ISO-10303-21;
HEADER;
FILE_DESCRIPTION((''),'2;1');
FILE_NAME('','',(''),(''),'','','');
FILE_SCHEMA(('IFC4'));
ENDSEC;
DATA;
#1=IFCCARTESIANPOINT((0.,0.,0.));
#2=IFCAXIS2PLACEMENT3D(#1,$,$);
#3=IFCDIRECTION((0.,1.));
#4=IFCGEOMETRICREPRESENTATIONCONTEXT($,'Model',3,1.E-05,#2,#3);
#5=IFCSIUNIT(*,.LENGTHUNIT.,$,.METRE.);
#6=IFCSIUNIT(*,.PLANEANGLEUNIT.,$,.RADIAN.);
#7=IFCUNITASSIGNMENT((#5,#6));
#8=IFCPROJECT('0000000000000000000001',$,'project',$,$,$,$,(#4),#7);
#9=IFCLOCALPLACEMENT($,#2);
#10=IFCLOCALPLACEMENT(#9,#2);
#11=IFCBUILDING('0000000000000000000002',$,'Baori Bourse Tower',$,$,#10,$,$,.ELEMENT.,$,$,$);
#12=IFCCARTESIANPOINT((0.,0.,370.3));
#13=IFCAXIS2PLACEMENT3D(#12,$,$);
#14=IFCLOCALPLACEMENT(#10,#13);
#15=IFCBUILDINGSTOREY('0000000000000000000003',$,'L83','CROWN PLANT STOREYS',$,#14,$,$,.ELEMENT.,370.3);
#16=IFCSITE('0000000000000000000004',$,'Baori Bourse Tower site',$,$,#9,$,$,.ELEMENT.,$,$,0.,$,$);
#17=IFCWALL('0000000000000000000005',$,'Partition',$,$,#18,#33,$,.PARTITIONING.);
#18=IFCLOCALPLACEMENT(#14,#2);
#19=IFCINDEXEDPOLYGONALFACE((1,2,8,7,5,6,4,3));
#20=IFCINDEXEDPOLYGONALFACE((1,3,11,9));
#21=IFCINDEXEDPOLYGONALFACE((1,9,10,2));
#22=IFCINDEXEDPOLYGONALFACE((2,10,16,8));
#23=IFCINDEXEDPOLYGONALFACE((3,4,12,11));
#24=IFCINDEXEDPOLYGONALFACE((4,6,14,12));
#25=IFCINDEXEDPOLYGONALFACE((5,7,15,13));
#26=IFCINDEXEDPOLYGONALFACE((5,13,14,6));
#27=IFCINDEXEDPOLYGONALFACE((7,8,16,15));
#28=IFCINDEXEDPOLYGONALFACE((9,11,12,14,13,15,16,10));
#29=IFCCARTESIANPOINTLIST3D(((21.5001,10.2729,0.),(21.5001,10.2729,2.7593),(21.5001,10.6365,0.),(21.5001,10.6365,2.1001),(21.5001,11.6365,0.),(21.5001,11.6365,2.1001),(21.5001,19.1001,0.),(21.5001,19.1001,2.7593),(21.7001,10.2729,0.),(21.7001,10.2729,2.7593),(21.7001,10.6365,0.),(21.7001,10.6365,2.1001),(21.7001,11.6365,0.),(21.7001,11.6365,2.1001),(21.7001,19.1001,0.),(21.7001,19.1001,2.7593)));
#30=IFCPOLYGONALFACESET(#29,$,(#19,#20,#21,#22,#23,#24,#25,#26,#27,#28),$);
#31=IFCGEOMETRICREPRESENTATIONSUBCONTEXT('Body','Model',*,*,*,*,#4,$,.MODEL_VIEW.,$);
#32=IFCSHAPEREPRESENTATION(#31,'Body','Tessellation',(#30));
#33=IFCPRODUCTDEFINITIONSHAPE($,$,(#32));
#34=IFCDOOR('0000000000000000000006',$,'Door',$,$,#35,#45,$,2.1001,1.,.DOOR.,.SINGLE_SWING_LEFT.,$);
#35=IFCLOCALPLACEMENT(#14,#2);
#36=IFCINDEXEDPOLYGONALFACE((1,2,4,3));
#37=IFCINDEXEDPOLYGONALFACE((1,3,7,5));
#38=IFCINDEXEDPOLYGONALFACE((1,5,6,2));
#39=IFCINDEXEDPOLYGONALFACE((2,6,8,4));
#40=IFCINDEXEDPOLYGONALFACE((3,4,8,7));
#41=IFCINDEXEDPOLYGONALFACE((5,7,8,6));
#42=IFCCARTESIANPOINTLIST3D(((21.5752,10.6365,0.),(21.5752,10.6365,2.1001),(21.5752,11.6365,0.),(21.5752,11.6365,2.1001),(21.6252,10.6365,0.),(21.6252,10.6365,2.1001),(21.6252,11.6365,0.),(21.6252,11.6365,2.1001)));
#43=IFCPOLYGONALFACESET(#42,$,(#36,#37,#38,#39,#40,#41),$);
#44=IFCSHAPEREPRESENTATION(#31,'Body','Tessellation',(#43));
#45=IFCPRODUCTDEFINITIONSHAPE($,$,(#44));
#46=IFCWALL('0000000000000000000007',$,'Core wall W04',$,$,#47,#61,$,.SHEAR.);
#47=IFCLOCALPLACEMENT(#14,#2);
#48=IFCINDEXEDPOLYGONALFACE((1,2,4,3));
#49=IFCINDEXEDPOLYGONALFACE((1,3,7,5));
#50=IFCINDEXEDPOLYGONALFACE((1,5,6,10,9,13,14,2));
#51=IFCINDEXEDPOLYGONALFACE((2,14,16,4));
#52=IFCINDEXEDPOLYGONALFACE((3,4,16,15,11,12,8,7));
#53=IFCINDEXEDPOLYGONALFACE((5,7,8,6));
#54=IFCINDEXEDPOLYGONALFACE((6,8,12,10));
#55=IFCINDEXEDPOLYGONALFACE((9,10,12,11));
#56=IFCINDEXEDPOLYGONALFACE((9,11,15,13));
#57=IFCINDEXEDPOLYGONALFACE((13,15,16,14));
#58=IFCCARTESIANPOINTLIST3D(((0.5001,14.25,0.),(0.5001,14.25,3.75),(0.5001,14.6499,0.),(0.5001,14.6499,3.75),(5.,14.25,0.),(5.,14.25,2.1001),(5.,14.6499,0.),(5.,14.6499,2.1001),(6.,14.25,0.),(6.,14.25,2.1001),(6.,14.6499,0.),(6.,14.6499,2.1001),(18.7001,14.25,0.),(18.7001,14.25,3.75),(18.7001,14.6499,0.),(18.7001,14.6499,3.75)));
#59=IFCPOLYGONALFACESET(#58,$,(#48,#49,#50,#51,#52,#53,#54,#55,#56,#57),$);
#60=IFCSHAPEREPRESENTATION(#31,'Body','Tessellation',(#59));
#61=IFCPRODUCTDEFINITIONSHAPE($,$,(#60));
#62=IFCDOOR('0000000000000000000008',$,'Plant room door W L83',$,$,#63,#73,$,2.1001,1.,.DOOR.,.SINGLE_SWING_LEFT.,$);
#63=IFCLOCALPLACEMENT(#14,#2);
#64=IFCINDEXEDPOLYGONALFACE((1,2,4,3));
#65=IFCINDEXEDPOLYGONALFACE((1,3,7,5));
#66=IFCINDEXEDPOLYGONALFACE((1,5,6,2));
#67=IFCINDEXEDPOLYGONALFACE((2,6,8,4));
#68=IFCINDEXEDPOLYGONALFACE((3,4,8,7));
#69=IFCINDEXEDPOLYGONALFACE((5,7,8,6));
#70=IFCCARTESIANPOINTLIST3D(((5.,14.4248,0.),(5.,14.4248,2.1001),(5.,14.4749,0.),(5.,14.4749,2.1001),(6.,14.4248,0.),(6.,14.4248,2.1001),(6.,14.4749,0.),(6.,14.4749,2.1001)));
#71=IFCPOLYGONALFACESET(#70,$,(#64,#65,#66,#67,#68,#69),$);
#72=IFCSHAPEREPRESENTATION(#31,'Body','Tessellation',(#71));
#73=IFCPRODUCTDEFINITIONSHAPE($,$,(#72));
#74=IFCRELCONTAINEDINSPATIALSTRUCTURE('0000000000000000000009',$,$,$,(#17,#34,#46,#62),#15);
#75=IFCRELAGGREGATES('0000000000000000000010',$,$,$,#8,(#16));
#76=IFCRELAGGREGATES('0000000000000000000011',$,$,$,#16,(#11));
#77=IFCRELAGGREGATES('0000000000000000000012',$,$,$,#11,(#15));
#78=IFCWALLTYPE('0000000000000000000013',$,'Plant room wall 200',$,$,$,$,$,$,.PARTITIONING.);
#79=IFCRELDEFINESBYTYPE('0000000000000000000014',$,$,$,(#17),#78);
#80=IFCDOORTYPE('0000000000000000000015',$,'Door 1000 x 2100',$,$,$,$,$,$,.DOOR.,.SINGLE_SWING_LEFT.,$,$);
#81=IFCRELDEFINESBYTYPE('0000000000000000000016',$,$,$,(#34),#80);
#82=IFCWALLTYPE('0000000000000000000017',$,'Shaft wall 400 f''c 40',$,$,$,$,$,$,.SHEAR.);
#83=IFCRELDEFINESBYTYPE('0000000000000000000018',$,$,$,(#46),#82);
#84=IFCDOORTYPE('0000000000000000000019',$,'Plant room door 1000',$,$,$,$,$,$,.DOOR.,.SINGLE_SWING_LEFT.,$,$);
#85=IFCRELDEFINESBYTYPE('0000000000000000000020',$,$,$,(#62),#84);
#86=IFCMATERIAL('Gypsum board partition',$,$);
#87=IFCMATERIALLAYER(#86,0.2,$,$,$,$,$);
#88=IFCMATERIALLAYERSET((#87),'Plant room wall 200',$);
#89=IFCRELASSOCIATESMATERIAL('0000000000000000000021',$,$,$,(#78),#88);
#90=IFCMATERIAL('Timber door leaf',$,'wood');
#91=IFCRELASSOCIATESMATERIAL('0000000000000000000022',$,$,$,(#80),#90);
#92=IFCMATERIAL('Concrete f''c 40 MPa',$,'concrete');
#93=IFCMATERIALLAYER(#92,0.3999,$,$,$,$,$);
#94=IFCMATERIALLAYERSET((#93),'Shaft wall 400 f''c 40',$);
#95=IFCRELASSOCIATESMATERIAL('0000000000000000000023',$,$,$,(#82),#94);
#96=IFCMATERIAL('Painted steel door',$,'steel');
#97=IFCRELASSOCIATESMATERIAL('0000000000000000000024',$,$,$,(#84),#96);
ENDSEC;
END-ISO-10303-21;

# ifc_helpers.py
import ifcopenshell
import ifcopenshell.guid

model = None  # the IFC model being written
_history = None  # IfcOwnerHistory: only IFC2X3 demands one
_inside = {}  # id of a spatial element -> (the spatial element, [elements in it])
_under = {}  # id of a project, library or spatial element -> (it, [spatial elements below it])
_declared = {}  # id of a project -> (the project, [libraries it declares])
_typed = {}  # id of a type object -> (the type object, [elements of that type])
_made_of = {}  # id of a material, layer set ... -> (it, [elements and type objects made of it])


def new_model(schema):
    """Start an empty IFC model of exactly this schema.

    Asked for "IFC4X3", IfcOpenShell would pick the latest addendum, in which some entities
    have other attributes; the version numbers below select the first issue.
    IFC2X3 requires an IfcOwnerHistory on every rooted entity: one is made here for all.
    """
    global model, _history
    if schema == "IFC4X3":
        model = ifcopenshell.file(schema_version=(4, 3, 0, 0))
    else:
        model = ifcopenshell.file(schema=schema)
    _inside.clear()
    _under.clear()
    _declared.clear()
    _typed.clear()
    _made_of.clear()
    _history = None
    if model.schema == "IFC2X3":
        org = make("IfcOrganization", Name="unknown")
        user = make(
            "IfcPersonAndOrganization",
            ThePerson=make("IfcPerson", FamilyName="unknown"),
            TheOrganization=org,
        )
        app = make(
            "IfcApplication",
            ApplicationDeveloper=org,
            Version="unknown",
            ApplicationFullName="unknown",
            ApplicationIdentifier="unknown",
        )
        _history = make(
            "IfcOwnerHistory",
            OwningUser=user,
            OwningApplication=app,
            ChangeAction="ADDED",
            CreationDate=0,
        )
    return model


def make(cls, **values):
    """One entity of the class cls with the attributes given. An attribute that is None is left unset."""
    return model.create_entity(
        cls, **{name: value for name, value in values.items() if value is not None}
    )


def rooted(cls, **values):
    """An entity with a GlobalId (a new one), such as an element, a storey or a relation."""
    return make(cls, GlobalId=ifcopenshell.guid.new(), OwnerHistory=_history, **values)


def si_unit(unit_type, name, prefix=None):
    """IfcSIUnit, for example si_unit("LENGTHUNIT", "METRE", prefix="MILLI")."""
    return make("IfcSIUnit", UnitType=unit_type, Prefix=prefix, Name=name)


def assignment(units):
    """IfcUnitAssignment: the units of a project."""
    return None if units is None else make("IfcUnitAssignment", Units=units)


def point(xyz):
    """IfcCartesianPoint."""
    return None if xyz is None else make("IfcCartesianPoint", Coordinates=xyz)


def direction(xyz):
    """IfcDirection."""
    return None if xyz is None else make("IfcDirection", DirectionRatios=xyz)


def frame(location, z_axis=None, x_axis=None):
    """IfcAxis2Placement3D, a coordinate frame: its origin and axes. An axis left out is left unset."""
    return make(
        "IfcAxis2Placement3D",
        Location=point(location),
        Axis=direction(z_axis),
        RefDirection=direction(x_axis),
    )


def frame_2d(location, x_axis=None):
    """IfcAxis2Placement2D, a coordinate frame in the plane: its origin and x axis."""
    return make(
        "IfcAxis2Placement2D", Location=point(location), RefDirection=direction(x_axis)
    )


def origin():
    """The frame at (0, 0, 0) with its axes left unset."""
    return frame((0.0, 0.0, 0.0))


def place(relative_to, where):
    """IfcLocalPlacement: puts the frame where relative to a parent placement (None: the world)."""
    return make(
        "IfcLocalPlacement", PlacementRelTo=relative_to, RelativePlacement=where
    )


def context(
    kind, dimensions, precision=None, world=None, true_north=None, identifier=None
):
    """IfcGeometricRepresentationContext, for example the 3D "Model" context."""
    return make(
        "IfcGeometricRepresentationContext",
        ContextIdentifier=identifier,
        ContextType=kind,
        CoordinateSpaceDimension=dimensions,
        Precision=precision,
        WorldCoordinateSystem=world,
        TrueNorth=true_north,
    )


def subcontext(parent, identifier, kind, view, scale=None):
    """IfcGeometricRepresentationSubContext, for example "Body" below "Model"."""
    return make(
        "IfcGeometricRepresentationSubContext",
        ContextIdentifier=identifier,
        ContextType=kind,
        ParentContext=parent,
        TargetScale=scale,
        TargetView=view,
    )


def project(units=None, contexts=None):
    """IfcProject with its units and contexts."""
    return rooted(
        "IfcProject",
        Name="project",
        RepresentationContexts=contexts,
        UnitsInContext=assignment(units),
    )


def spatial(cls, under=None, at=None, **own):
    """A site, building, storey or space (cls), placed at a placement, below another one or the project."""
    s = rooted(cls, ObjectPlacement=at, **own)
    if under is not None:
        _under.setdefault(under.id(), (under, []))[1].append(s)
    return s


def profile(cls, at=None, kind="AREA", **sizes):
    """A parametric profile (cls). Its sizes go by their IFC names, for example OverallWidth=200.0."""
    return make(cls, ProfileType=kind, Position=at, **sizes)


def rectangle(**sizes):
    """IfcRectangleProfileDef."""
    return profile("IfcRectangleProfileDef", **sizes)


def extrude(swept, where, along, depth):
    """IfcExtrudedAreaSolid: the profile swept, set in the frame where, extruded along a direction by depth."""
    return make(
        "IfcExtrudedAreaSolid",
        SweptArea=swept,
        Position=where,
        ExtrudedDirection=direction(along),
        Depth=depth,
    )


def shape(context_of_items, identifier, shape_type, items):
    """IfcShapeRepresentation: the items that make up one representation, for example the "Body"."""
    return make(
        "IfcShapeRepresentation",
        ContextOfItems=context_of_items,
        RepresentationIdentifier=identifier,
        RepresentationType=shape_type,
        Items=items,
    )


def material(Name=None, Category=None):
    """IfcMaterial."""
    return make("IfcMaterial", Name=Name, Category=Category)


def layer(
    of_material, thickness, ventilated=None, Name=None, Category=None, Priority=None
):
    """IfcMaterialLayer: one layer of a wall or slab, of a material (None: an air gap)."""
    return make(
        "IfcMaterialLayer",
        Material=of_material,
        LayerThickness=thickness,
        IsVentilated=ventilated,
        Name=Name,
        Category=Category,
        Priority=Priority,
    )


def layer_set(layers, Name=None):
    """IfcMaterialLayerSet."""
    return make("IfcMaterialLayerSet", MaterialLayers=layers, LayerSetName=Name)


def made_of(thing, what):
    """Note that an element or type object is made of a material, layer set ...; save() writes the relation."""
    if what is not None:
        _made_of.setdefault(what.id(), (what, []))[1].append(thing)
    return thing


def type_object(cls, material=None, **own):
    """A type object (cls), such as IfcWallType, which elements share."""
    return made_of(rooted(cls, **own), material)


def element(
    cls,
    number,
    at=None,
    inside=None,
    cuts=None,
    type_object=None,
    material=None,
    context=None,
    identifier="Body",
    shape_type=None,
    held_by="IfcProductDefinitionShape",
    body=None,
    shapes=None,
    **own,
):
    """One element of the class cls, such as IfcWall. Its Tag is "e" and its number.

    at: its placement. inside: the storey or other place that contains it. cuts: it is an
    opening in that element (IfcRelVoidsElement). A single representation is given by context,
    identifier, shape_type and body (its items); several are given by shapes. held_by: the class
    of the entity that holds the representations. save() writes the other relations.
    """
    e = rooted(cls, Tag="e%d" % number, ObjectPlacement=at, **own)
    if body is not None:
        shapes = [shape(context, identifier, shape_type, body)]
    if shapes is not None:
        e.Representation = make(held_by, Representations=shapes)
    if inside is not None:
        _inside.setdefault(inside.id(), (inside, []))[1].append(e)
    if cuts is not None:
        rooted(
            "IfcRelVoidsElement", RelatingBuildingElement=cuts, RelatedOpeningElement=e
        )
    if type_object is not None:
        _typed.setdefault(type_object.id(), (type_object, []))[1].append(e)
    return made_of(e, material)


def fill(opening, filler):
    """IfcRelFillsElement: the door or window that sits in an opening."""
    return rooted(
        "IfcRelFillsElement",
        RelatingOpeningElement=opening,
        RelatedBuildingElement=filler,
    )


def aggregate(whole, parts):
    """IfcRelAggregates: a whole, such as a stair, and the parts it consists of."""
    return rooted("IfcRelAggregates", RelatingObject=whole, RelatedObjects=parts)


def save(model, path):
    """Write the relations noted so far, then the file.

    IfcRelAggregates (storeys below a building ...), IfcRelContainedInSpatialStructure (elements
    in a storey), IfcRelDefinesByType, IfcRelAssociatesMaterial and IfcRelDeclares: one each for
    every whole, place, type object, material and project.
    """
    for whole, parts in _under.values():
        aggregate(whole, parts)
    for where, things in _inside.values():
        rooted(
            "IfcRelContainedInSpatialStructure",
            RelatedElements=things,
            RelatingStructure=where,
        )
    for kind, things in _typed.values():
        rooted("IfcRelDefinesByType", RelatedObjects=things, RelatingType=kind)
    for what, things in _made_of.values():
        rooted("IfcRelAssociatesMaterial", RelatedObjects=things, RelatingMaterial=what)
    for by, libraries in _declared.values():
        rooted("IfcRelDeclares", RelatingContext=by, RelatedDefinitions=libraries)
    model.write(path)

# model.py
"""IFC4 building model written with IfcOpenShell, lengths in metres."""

from ifc_helpers import new_model, si_unit, direction, frame, frame_2d, origin, place, context, subcontext, project, spatial, rectangle, extrude, material, layer, layer_set, type_object, element, fill, save


model = new_model("IFC4")

# Units and contexts
model_context = context("Model", 3, precision=1e-05, world=origin(), true_north=direction((0.0, 1.0)))
body_context = subcontext(model_context, "Body", "Model", "MODEL_VIEW")
ifc_project = project(units=[si_unit("LENGTHUNIT", "METRE"), si_unit("PLANEANGLEUNIT", "RADIAN")], contexts=[model_context])

# Site, building, storey
site_placement = place(None, origin())
site = spatial("IfcSite", under=ifc_project, at=site_placement, Name="Baori Bourse Tower site", CompositionType="ELEMENT", RefElevation=0.0)
building_placement = place(site_placement, origin())
building = spatial("IfcBuilding", under=site, at=building_placement, Name="Baori Bourse Tower", CompositionType="ELEMENT")
storey_placement = place(building_placement, frame((0.0, 0.0, 370.3)))
storey = spatial("IfcBuildingStorey", under=building, at=storey_placement, Name="L83", Description="CROWN PLANT STOREYS", CompositionType="ELEMENT", Elevation=370.3)

# Walls, openings, doors
ifc_material_1 = material(Name="Gypsum board partition")
ifc_layer_1 = layer(ifc_material_1, 0.2)
ifc_layer_set_1 = layer_set([ifc_layer_1], Name="Plant room wall 200")
wall_type_1 = type_object("IfcWallType", Name="Plant room wall 200", PredefinedType="PARTITIONING", material=ifc_layer_set_1)
wall_1_placement = place(storey_placement, frame((21.6001, 10.2729, 0.0), z_axis=(0.0, 0.0, 1.0), x_axis=(0.0, 1.0, 0.0)))
wall_1 = element("IfcWall", 1, at=wall_1_placement, inside=storey, type_object=wall_type_1, Name="Partition", PredefinedType="PARTITIONING", context=body_context, shape_type="SweptSolid", body=[
    extrude(rectangle(XDim=8.8271, YDim=0.2, at=frame_2d((4.4136, 0.0))), origin(), (0.0, 0.0, 1.0), 2.7593),
])
opening_1_placement = place(wall_1_placement, frame((0.3635, 0.0, 0.0)))
opening_1 = element("IfcOpeningElement", 2, at=opening_1_placement, cuts=wall_1, PredefinedType="OPENING", context=body_context, shape_type="SweptSolid", body=[
    extrude(rectangle(XDim=1.0, YDim=2.1001, at=frame_2d((0.5, 1.05))), frame((0.0, 0.1099, 0.0), z_axis=(0.0, -1.0, 0.0), x_axis=(1.0, 0.0, 0.0)), (0.0, 0.0, 1.0), 0.22),
])
ifc_material_2 = material(Name="Timber door leaf", Category="wood")
door_type_1 = type_object("IfcDoorType", Name="Door 1000 x 2100", OperationType="SINGLE_SWING_LEFT", PredefinedType="DOOR", material=ifc_material_2)
door_1_placement = place(opening_1_placement, origin())
door_1 = element("IfcDoor", 3, at=door_1_placement, inside=storey, type_object=door_type_1, Name="Door", OperationType="SINGLE_SWING_LEFT", OverallHeight=2.1001, OverallWidth=1.0, PredefinedType="DOOR", context=body_context, shape_type="SweptSolid", body=[
    extrude(rectangle(XDim=1.0, YDim=2.1001, at=frame_2d((0.5, 1.05))), frame((0.0, 0.0249, 0.0), z_axis=(0.0, -1.0, 0.0), x_axis=(1.0, 0.0, 0.0)), (0.0, 0.0, 1.0), 0.05),
])
fill(opening_1, door_1)
ifc_material_3 = material(Name="Concrete f'c 40 MPa", Category="concrete")
ifc_layer_2 = layer(ifc_material_3, 0.3999)
ifc_layer_set_2 = layer_set([ifc_layer_2], Name="Shaft wall 400 f'c 40")
wall_type_2 = type_object("IfcWallType", Name="Shaft wall 400 f'c 40", PredefinedType="SHEAR", material=ifc_layer_set_2)
wall_2_placement = place(storey_placement, frame((0.5, 14.45, 0.0), z_axis=(0.0, 0.0, 1.0), x_axis=(1.0, 0.0, 0.0)))
wall_2 = element("IfcWall", 4, at=wall_2_placement, inside=storey, type_object=wall_type_2, Name="Core wall W04", PredefinedType="SHEAR", context=body_context, shape_type="SweptSolid", body=[
    extrude(rectangle(XDim=18.2, YDim=0.3999, at=frame_2d((9.1001, 0.0))), origin(), (0.0, 0.0, 1.0), 3.75),
])
opening_2_placement = place(wall_2_placement, frame((4.5, 0.0, 0.0)))
opening_2 = element("IfcOpeningElement", 5, at=opening_2_placement, cuts=wall_2, PredefinedType="OPENING", context=body_context, shape_type="SweptSolid", body=[
    extrude(rectangle(XDim=1.0, YDim=2.1001, at=frame_2d((0.5, 1.05))), frame((0.0, 0.21, 0.0), z_axis=(0.0, -1.0, 0.0), x_axis=(1.0, 0.0, 0.0)), (0.0, 0.0, 1.0), 0.4199),
])
ifc_material_4 = material(Name="Painted steel door", Category="steel")
door_type_2 = type_object("IfcDoorType", Name="Plant room door 1000", OperationType="SINGLE_SWING_LEFT", PredefinedType="DOOR", material=ifc_material_4)
door_2_placement = place(opening_2_placement, origin())
door_2 = element("IfcDoor", 6, at=door_2_placement, inside=storey, type_object=door_type_2, Name="Plant room door W L83", OperationType="SINGLE_SWING_LEFT", OverallHeight=2.1001, OverallWidth=1.0, PredefinedType="DOOR", context=body_context, shape_type="SweptSolid", body=[
    extrude(rectangle(XDim=1.0, YDim=2.1001, at=frame_2d((0.5, 1.05))), frame((0.0, 0.0249, 0.0), z_axis=(0.0, -1.0, 0.0), x_axis=(1.0, 0.0, 0.0)), (0.0, 0.0, 1.0), 0.05),
])
fill(opening_2, door_2)

save(model, "model.ifc")
